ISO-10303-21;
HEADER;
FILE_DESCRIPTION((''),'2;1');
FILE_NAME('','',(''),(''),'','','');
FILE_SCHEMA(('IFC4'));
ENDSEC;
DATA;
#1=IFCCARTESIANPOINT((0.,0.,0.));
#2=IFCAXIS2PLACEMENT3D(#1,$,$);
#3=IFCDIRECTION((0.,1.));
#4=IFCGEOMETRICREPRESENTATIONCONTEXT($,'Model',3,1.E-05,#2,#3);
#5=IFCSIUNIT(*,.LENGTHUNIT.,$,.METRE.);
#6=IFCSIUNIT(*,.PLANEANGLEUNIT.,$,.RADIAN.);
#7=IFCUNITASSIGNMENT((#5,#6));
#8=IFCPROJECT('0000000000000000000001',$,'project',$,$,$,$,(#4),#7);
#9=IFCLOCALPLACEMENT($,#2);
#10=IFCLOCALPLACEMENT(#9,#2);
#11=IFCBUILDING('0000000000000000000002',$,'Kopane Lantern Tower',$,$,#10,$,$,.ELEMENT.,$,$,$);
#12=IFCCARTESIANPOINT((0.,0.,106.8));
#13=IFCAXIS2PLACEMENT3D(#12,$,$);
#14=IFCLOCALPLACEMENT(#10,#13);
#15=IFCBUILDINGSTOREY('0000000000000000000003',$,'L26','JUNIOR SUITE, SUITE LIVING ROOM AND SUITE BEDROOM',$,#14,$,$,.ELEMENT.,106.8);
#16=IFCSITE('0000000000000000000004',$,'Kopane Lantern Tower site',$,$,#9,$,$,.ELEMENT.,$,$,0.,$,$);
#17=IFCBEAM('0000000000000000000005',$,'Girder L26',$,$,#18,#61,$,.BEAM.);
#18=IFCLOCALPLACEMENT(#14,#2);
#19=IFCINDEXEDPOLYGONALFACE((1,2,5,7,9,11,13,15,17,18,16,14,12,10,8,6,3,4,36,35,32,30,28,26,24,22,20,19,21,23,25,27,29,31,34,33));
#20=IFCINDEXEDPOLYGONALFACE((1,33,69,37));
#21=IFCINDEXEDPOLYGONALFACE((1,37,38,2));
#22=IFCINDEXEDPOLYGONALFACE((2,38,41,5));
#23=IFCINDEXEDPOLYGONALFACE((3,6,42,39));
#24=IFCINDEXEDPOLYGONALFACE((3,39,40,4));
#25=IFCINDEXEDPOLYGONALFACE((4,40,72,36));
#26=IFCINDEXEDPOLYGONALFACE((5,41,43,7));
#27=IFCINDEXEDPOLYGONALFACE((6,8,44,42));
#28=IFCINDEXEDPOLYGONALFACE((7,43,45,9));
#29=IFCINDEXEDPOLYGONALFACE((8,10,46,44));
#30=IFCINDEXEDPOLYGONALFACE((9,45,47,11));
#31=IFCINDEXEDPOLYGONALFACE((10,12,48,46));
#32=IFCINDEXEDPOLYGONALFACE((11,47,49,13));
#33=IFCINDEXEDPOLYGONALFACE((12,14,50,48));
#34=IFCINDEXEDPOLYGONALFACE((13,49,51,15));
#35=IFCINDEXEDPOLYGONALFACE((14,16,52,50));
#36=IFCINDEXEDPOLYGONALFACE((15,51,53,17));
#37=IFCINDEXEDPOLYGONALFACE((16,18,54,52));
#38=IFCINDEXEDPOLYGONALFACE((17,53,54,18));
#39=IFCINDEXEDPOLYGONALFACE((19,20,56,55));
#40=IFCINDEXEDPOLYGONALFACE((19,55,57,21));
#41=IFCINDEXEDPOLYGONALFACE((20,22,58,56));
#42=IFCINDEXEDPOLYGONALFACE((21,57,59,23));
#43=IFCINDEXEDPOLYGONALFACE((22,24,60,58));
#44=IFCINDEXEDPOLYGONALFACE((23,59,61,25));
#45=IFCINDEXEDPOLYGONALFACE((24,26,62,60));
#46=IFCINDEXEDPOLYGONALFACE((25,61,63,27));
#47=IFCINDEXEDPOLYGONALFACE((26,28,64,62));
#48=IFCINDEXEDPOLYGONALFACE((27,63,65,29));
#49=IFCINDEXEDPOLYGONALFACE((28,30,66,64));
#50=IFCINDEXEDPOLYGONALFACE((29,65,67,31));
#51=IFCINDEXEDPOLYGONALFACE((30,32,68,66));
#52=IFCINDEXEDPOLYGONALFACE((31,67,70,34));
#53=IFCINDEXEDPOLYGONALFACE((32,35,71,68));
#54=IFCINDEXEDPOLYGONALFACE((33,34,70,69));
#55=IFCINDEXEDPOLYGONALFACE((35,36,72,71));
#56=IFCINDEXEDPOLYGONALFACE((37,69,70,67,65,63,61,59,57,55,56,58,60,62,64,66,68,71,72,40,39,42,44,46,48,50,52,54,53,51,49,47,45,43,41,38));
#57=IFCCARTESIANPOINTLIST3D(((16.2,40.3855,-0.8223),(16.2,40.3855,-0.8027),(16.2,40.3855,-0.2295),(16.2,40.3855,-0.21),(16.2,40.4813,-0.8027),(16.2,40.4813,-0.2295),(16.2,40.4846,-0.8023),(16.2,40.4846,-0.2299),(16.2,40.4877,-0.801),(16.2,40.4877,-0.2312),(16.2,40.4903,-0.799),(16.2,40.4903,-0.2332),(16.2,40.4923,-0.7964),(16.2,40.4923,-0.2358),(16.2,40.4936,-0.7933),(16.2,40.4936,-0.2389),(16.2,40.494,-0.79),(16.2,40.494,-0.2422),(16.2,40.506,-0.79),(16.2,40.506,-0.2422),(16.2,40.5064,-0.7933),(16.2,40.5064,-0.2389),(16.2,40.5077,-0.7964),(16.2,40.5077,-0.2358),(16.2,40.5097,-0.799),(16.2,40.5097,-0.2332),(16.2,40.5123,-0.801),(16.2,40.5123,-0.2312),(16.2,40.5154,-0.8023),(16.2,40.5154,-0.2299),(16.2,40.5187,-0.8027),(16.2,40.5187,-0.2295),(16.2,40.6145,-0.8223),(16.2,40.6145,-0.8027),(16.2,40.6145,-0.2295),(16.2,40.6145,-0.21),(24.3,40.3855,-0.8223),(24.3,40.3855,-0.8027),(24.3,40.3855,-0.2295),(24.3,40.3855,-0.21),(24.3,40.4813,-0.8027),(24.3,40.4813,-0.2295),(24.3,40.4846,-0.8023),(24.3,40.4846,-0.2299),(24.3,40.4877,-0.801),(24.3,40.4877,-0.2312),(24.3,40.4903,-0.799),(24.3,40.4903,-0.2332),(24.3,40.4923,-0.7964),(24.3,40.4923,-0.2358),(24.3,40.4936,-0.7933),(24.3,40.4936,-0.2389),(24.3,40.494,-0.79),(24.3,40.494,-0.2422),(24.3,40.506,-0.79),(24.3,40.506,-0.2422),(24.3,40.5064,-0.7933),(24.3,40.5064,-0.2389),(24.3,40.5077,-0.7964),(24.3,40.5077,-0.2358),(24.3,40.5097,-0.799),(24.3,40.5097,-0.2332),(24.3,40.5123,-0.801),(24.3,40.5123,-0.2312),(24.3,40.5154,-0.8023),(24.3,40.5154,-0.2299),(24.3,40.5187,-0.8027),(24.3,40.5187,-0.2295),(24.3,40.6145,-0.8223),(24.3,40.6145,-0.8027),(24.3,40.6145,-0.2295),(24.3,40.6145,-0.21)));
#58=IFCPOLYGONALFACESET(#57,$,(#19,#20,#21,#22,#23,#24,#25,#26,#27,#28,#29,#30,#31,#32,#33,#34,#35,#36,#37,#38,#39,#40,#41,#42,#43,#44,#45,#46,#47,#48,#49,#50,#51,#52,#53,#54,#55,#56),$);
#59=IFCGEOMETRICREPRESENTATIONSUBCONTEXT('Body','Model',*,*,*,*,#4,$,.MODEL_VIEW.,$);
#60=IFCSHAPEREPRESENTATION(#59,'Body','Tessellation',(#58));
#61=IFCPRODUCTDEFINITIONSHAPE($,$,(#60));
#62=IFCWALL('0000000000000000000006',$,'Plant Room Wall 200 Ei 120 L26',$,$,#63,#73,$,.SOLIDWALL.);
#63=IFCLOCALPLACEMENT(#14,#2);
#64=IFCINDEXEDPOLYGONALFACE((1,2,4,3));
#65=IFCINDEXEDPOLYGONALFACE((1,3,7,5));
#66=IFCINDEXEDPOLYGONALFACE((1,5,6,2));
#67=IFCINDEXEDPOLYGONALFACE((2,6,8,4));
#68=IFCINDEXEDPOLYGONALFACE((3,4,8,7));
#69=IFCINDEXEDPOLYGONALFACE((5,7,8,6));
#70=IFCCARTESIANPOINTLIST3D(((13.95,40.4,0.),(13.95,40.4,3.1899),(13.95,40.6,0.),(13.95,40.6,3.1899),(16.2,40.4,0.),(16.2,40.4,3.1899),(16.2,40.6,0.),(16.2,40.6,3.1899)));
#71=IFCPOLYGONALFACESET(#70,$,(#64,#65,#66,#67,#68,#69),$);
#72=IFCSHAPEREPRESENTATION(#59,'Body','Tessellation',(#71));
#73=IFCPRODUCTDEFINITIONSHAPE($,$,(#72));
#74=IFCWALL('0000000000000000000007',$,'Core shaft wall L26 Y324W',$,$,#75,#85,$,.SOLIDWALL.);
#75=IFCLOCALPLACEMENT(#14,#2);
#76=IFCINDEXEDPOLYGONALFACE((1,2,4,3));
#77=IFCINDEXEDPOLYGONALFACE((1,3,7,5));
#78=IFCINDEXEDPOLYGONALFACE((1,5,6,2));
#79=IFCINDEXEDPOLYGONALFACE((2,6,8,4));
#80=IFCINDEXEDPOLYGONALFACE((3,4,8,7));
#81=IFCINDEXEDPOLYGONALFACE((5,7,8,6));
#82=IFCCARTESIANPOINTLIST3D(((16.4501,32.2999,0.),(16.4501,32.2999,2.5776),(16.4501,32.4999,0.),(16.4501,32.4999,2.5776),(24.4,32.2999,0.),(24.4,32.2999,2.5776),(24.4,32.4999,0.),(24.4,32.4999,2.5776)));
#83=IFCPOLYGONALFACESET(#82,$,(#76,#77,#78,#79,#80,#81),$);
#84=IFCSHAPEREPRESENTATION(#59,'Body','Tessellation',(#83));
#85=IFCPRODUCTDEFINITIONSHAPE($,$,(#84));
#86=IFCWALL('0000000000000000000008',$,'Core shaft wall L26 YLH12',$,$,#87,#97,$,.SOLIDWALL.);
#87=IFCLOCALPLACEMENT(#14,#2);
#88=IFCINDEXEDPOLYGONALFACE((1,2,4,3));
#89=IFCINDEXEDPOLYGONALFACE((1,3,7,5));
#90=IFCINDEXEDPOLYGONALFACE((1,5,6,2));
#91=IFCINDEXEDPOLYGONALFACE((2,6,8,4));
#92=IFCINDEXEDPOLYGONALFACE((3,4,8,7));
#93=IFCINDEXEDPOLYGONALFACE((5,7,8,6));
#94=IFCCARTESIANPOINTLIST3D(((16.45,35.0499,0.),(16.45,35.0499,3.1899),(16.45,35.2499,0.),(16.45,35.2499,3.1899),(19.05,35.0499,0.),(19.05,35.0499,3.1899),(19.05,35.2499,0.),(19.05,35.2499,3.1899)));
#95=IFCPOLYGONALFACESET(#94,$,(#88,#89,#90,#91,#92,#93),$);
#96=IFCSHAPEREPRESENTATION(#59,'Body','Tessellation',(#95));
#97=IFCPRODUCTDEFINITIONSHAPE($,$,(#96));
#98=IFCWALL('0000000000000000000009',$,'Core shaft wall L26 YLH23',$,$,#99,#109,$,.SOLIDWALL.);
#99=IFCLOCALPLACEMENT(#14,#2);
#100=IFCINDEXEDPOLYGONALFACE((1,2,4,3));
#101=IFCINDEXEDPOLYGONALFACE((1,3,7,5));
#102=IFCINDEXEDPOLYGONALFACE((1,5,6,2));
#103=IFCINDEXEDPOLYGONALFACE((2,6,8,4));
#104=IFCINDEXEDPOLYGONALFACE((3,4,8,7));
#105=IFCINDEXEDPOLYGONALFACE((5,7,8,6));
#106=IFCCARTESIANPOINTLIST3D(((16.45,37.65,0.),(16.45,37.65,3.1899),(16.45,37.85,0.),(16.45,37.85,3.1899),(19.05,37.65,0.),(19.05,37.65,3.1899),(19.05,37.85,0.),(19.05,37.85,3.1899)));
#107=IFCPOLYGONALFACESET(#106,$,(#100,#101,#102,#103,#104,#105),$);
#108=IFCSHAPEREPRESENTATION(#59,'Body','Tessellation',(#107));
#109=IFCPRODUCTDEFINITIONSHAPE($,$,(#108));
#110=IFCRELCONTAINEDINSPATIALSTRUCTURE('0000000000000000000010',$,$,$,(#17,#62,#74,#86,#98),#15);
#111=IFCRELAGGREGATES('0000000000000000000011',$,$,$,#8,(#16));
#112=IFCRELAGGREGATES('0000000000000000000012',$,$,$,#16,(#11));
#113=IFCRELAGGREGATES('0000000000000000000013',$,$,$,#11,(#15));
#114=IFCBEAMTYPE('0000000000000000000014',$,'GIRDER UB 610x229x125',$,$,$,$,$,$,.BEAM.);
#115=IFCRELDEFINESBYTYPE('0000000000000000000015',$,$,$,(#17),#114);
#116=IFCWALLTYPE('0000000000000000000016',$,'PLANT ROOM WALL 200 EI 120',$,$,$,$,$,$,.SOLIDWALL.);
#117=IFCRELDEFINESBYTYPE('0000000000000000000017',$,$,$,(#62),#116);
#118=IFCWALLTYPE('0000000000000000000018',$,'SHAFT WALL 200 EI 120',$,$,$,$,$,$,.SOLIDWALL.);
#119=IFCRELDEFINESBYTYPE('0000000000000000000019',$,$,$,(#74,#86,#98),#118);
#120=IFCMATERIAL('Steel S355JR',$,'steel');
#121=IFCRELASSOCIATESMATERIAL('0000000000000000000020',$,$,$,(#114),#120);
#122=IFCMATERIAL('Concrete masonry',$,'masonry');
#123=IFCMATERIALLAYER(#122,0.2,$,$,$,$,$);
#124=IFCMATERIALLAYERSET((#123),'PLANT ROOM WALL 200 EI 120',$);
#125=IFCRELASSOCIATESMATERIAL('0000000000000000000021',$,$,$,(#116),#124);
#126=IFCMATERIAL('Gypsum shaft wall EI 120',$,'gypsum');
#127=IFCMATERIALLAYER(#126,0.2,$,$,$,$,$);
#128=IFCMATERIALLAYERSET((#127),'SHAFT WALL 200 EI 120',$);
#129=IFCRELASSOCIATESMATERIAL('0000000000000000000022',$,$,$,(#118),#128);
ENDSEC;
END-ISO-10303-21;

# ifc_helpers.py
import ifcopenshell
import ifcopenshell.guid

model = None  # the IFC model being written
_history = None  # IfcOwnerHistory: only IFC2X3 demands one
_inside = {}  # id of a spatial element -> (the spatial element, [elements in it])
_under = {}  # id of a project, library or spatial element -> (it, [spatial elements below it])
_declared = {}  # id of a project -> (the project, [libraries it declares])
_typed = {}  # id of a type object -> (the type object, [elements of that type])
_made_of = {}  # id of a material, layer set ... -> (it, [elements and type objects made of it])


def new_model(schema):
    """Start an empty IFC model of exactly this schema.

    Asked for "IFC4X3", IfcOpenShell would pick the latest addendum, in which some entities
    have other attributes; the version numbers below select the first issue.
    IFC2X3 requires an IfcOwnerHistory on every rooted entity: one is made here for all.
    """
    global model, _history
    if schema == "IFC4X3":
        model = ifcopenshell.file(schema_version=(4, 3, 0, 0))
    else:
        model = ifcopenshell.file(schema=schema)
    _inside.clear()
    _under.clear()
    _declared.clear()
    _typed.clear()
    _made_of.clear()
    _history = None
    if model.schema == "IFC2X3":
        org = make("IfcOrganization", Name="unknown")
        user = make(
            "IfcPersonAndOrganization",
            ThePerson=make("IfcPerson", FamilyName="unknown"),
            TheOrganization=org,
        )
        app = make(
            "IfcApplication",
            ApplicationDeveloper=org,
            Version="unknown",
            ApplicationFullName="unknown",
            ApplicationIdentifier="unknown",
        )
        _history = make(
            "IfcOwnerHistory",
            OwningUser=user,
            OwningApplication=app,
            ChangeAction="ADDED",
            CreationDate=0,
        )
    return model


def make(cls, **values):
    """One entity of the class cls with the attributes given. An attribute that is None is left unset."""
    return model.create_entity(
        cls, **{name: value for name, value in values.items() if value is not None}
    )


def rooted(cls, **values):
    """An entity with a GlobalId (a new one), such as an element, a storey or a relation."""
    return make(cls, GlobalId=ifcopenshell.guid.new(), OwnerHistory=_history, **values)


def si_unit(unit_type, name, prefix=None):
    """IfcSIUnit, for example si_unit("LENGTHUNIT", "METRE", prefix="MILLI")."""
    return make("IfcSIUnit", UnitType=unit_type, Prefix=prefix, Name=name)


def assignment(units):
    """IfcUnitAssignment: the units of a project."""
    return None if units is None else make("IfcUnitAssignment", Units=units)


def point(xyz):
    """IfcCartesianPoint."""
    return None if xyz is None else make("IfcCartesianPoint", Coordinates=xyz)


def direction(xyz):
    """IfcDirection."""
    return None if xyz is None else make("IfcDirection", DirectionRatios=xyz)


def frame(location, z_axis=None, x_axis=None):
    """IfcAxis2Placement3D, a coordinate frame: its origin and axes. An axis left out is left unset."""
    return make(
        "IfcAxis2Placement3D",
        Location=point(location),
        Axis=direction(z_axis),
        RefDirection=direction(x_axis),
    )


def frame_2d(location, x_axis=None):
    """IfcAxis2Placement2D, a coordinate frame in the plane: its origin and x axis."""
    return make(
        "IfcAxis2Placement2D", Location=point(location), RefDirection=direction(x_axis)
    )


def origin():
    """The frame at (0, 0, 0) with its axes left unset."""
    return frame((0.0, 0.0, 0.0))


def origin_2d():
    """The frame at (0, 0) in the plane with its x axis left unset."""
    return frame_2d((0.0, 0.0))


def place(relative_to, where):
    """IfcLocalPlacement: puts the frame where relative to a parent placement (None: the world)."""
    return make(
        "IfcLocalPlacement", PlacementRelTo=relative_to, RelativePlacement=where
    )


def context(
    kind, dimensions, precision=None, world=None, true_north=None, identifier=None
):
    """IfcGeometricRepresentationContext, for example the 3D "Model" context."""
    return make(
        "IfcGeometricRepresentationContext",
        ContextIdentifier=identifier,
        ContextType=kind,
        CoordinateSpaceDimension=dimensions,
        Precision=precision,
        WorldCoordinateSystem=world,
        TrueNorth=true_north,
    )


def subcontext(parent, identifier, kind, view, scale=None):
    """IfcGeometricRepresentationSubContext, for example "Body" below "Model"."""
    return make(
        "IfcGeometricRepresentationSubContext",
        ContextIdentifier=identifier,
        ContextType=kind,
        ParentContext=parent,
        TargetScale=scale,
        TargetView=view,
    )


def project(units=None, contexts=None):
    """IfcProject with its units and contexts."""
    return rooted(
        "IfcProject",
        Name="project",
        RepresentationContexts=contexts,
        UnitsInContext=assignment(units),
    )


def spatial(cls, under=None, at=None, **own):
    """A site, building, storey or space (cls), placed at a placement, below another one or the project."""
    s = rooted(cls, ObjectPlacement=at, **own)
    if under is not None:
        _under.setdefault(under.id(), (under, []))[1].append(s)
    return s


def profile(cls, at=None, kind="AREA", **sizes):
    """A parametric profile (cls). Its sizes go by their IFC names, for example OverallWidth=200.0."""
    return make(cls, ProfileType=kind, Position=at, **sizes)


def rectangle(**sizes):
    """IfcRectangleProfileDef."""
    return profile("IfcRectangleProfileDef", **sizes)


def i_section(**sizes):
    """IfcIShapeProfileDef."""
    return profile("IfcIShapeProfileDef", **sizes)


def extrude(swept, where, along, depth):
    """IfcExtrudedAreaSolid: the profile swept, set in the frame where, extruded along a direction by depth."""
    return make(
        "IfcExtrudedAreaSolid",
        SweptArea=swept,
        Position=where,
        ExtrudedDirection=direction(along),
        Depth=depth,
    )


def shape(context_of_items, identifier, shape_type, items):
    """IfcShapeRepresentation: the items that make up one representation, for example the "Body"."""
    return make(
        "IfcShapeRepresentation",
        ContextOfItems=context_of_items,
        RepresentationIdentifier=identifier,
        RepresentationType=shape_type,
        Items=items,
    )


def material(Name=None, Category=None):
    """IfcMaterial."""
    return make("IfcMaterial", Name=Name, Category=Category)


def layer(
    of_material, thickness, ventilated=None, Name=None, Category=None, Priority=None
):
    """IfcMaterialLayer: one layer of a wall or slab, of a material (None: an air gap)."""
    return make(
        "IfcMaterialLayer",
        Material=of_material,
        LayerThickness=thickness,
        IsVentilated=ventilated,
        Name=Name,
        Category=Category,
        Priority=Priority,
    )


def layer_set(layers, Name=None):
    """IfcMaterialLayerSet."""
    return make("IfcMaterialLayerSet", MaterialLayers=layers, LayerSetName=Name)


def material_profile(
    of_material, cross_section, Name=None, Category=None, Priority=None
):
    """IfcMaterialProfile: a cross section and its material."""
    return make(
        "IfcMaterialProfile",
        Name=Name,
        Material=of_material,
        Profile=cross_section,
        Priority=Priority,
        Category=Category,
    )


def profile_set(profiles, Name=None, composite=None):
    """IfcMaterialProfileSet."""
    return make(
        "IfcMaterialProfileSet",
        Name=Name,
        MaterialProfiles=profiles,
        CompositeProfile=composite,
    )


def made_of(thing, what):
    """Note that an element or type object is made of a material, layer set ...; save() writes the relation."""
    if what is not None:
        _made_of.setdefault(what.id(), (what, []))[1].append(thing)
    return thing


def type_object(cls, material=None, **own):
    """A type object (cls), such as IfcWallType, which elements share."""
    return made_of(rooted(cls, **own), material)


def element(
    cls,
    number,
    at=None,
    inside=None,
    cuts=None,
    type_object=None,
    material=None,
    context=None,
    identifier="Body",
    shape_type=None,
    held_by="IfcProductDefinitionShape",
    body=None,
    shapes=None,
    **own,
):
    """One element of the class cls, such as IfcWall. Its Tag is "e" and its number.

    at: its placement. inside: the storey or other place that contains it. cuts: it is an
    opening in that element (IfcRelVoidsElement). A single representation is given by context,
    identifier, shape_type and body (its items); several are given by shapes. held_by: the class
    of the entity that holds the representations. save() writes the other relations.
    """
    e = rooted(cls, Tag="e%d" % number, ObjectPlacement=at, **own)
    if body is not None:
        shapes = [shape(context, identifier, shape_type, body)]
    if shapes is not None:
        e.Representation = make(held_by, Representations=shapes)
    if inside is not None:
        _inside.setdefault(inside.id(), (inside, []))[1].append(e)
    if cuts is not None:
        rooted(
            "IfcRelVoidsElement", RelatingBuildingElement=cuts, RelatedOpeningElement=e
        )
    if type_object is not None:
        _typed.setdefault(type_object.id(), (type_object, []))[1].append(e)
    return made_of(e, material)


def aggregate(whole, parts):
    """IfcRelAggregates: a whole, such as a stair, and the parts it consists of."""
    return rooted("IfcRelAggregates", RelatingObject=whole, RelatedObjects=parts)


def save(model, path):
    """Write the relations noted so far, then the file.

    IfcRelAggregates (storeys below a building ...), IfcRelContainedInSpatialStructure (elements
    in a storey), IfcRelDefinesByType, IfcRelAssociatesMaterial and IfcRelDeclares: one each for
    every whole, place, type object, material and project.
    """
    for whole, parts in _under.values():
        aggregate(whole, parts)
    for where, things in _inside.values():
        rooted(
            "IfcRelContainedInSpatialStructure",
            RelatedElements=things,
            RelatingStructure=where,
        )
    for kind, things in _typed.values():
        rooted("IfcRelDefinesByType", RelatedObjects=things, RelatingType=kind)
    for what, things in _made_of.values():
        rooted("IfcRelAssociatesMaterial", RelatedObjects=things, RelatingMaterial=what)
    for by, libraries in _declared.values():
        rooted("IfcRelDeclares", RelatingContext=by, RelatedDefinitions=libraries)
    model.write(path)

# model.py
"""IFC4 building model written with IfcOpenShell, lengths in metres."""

from ifc_helpers import new_model, si_unit, direction, frame, frame_2d, origin, origin_2d, place, context, subcontext, project, spatial, rectangle, i_section, extrude, material, layer, layer_set, material_profile, profile_set, type_object, element, save


model = new_model("IFC4")

# Units and contexts
model_context = context("Model", 3, precision=1e-05, world=origin(), true_north=direction((0.0, 1.0)))
body_context = subcontext(model_context, "Body", "Model", "MODEL_VIEW")
ifc_project = project(units=[si_unit("LENGTHUNIT", "METRE"), si_unit("PLANEANGLEUNIT", "RADIAN")], contexts=[model_context])

# Site, building, storey
site_placement = place(None, origin())
site = spatial("IfcSite", under=ifc_project, at=site_placement, Name="Kopane Lantern Tower site", CompositionType="ELEMENT", RefElevation=0.0)
building_placement = place(site_placement, origin())
building = spatial("IfcBuilding", under=site, at=building_placement, Name="Kopane Lantern Tower", CompositionType="ELEMENT")
storey_placement = place(building_placement, frame((0.0, 0.0, 106.8)))
storey = spatial("IfcBuildingStorey", under=building, at=storey_placement, Name="L26", Description="JUNIOR SUITE, SUITE LIVING ROOM AND SUITE BEDROOM", CompositionType="ELEMENT", Elevation=106.8)

# Beam
ifc_material_1 = material(Name="Steel S355JR", Category="steel")
ifc_material_profile_1 = material_profile(ifc_material_1, i_section(OverallWidth=0.229, OverallDepth=0.6123, WebThickness=0.012, FlangeThickness=0.0195, FilletRadius=0.0127, at=origin_2d()), Name="UB 610x229x125")
ifc_profile_set_1 = profile_set([ifc_material_profile_1], Name="Steel S355JR")
beam_type_1 = type_object("IfcBeamType", Name="GIRDER UB 610x229x125", PredefinedType="BEAM", material=ifc_profile_set_1)
beam_1_placement = place(storey_placement, frame((16.2, 40.5, -0.5161), z_axis=(1.0, 0.0, 0.0), x_axis=(0.0, 1.0, 0.0)))
element("IfcBeam", 1, at=beam_1_placement, inside=storey, type_object=beam_type_1, Name="Girder L26", PredefinedType="BEAM", context=body_context, shape_type="SweptSolid", body=[
    extrude(i_section(OverallWidth=0.229, OverallDepth=0.6123, WebThickness=0.012, FlangeThickness=0.0195, FilletRadius=0.0127, at=origin_2d()), origin(), (0.0, 0.0, 1.0), 8.1001),
])

# Walls
ifc_material_2 = material(Name="Concrete masonry", Category="masonry")
ifc_layer_1 = layer(ifc_material_2, 0.2)
ifc_layer_set_1 = layer_set([ifc_layer_1], Name="PLANT ROOM WALL 200 EI 120")
wall_type_1 = type_object("IfcWallType", Name="PLANT ROOM WALL 200 EI 120", PredefinedType="SOLIDWALL", material=ifc_layer_set_1)
wall_1_placement = place(storey_placement, frame((13.95, 40.5, 0.0), z_axis=(0.0, 0.0, 1.0), x_axis=(1.0, 0.0, 0.0)))
element("IfcWall", 2, at=wall_1_placement, inside=storey, type_object=wall_type_1, Name="Plant Room Wall 200 Ei 120 L26", PredefinedType="SOLIDWALL", context=body_context, shape_type="SweptSolid", body=[
    extrude(rectangle(XDim=2.25, YDim=0.2, at=frame_2d((1.125, 0.0))), origin(), (0.0, 0.0, 1.0), 3.1899),
])
ifc_material_3 = material(Name="Gypsum shaft wall EI 120", Category="gypsum")
ifc_layer_2 = layer(ifc_material_3, 0.2)
ifc_layer_set_2 = layer_set([ifc_layer_2], Name="SHAFT WALL 200 EI 120")
wall_type_2 = type_object("IfcWallType", Name="SHAFT WALL 200 EI 120", PredefinedType="SOLIDWALL", material=ifc_layer_set_2)
wall_2_placement = place(storey_placement, frame((16.45, 32.3999, 0.0), z_axis=(0.0, 0.0, 1.0), x_axis=(1.0, 0.0, 0.0)))
element("IfcWall", 3, at=wall_2_placement, inside=storey, type_object=wall_type_2, Name="Core shaft wall L26 Y324W", PredefinedType="SOLIDWALL", context=body_context, shape_type="SweptSolid", body=[
    extrude(rectangle(XDim=7.95, YDim=0.2, at=frame_2d((3.9751, 0.0))), origin(), (0.0, 0.0, 1.0), 2.5776),
])
for number, where, z_axis, x_axis, name in (
    (4, (16.45, 35.1499, 0.0), (0.0, 0.0, 1.0), (1.0, 0.0, 0.0), "Core shaft wall L26 YLH12"),
    (5, (16.45, 37.75, 0.0), (0.0, 0.0, 1.0), (1.0, 0.0, 0.0), "Core shaft wall L26 YLH23"),
):
    element("IfcWall", number, at=place(storey_placement, frame(where, z_axis=z_axis, x_axis=x_axis)), inside=storey, type_object=wall_type_2, Name=name, PredefinedType="SOLIDWALL", context=body_context, shape_type="SweptSolid", body=[
        extrude(rectangle(XDim=2.6001, YDim=0.2, at=frame_2d((1.3, 0.0))), origin(), (0.0, 0.0, 1.0), 3.1899),
    ])

save(model, "model.ifc")
